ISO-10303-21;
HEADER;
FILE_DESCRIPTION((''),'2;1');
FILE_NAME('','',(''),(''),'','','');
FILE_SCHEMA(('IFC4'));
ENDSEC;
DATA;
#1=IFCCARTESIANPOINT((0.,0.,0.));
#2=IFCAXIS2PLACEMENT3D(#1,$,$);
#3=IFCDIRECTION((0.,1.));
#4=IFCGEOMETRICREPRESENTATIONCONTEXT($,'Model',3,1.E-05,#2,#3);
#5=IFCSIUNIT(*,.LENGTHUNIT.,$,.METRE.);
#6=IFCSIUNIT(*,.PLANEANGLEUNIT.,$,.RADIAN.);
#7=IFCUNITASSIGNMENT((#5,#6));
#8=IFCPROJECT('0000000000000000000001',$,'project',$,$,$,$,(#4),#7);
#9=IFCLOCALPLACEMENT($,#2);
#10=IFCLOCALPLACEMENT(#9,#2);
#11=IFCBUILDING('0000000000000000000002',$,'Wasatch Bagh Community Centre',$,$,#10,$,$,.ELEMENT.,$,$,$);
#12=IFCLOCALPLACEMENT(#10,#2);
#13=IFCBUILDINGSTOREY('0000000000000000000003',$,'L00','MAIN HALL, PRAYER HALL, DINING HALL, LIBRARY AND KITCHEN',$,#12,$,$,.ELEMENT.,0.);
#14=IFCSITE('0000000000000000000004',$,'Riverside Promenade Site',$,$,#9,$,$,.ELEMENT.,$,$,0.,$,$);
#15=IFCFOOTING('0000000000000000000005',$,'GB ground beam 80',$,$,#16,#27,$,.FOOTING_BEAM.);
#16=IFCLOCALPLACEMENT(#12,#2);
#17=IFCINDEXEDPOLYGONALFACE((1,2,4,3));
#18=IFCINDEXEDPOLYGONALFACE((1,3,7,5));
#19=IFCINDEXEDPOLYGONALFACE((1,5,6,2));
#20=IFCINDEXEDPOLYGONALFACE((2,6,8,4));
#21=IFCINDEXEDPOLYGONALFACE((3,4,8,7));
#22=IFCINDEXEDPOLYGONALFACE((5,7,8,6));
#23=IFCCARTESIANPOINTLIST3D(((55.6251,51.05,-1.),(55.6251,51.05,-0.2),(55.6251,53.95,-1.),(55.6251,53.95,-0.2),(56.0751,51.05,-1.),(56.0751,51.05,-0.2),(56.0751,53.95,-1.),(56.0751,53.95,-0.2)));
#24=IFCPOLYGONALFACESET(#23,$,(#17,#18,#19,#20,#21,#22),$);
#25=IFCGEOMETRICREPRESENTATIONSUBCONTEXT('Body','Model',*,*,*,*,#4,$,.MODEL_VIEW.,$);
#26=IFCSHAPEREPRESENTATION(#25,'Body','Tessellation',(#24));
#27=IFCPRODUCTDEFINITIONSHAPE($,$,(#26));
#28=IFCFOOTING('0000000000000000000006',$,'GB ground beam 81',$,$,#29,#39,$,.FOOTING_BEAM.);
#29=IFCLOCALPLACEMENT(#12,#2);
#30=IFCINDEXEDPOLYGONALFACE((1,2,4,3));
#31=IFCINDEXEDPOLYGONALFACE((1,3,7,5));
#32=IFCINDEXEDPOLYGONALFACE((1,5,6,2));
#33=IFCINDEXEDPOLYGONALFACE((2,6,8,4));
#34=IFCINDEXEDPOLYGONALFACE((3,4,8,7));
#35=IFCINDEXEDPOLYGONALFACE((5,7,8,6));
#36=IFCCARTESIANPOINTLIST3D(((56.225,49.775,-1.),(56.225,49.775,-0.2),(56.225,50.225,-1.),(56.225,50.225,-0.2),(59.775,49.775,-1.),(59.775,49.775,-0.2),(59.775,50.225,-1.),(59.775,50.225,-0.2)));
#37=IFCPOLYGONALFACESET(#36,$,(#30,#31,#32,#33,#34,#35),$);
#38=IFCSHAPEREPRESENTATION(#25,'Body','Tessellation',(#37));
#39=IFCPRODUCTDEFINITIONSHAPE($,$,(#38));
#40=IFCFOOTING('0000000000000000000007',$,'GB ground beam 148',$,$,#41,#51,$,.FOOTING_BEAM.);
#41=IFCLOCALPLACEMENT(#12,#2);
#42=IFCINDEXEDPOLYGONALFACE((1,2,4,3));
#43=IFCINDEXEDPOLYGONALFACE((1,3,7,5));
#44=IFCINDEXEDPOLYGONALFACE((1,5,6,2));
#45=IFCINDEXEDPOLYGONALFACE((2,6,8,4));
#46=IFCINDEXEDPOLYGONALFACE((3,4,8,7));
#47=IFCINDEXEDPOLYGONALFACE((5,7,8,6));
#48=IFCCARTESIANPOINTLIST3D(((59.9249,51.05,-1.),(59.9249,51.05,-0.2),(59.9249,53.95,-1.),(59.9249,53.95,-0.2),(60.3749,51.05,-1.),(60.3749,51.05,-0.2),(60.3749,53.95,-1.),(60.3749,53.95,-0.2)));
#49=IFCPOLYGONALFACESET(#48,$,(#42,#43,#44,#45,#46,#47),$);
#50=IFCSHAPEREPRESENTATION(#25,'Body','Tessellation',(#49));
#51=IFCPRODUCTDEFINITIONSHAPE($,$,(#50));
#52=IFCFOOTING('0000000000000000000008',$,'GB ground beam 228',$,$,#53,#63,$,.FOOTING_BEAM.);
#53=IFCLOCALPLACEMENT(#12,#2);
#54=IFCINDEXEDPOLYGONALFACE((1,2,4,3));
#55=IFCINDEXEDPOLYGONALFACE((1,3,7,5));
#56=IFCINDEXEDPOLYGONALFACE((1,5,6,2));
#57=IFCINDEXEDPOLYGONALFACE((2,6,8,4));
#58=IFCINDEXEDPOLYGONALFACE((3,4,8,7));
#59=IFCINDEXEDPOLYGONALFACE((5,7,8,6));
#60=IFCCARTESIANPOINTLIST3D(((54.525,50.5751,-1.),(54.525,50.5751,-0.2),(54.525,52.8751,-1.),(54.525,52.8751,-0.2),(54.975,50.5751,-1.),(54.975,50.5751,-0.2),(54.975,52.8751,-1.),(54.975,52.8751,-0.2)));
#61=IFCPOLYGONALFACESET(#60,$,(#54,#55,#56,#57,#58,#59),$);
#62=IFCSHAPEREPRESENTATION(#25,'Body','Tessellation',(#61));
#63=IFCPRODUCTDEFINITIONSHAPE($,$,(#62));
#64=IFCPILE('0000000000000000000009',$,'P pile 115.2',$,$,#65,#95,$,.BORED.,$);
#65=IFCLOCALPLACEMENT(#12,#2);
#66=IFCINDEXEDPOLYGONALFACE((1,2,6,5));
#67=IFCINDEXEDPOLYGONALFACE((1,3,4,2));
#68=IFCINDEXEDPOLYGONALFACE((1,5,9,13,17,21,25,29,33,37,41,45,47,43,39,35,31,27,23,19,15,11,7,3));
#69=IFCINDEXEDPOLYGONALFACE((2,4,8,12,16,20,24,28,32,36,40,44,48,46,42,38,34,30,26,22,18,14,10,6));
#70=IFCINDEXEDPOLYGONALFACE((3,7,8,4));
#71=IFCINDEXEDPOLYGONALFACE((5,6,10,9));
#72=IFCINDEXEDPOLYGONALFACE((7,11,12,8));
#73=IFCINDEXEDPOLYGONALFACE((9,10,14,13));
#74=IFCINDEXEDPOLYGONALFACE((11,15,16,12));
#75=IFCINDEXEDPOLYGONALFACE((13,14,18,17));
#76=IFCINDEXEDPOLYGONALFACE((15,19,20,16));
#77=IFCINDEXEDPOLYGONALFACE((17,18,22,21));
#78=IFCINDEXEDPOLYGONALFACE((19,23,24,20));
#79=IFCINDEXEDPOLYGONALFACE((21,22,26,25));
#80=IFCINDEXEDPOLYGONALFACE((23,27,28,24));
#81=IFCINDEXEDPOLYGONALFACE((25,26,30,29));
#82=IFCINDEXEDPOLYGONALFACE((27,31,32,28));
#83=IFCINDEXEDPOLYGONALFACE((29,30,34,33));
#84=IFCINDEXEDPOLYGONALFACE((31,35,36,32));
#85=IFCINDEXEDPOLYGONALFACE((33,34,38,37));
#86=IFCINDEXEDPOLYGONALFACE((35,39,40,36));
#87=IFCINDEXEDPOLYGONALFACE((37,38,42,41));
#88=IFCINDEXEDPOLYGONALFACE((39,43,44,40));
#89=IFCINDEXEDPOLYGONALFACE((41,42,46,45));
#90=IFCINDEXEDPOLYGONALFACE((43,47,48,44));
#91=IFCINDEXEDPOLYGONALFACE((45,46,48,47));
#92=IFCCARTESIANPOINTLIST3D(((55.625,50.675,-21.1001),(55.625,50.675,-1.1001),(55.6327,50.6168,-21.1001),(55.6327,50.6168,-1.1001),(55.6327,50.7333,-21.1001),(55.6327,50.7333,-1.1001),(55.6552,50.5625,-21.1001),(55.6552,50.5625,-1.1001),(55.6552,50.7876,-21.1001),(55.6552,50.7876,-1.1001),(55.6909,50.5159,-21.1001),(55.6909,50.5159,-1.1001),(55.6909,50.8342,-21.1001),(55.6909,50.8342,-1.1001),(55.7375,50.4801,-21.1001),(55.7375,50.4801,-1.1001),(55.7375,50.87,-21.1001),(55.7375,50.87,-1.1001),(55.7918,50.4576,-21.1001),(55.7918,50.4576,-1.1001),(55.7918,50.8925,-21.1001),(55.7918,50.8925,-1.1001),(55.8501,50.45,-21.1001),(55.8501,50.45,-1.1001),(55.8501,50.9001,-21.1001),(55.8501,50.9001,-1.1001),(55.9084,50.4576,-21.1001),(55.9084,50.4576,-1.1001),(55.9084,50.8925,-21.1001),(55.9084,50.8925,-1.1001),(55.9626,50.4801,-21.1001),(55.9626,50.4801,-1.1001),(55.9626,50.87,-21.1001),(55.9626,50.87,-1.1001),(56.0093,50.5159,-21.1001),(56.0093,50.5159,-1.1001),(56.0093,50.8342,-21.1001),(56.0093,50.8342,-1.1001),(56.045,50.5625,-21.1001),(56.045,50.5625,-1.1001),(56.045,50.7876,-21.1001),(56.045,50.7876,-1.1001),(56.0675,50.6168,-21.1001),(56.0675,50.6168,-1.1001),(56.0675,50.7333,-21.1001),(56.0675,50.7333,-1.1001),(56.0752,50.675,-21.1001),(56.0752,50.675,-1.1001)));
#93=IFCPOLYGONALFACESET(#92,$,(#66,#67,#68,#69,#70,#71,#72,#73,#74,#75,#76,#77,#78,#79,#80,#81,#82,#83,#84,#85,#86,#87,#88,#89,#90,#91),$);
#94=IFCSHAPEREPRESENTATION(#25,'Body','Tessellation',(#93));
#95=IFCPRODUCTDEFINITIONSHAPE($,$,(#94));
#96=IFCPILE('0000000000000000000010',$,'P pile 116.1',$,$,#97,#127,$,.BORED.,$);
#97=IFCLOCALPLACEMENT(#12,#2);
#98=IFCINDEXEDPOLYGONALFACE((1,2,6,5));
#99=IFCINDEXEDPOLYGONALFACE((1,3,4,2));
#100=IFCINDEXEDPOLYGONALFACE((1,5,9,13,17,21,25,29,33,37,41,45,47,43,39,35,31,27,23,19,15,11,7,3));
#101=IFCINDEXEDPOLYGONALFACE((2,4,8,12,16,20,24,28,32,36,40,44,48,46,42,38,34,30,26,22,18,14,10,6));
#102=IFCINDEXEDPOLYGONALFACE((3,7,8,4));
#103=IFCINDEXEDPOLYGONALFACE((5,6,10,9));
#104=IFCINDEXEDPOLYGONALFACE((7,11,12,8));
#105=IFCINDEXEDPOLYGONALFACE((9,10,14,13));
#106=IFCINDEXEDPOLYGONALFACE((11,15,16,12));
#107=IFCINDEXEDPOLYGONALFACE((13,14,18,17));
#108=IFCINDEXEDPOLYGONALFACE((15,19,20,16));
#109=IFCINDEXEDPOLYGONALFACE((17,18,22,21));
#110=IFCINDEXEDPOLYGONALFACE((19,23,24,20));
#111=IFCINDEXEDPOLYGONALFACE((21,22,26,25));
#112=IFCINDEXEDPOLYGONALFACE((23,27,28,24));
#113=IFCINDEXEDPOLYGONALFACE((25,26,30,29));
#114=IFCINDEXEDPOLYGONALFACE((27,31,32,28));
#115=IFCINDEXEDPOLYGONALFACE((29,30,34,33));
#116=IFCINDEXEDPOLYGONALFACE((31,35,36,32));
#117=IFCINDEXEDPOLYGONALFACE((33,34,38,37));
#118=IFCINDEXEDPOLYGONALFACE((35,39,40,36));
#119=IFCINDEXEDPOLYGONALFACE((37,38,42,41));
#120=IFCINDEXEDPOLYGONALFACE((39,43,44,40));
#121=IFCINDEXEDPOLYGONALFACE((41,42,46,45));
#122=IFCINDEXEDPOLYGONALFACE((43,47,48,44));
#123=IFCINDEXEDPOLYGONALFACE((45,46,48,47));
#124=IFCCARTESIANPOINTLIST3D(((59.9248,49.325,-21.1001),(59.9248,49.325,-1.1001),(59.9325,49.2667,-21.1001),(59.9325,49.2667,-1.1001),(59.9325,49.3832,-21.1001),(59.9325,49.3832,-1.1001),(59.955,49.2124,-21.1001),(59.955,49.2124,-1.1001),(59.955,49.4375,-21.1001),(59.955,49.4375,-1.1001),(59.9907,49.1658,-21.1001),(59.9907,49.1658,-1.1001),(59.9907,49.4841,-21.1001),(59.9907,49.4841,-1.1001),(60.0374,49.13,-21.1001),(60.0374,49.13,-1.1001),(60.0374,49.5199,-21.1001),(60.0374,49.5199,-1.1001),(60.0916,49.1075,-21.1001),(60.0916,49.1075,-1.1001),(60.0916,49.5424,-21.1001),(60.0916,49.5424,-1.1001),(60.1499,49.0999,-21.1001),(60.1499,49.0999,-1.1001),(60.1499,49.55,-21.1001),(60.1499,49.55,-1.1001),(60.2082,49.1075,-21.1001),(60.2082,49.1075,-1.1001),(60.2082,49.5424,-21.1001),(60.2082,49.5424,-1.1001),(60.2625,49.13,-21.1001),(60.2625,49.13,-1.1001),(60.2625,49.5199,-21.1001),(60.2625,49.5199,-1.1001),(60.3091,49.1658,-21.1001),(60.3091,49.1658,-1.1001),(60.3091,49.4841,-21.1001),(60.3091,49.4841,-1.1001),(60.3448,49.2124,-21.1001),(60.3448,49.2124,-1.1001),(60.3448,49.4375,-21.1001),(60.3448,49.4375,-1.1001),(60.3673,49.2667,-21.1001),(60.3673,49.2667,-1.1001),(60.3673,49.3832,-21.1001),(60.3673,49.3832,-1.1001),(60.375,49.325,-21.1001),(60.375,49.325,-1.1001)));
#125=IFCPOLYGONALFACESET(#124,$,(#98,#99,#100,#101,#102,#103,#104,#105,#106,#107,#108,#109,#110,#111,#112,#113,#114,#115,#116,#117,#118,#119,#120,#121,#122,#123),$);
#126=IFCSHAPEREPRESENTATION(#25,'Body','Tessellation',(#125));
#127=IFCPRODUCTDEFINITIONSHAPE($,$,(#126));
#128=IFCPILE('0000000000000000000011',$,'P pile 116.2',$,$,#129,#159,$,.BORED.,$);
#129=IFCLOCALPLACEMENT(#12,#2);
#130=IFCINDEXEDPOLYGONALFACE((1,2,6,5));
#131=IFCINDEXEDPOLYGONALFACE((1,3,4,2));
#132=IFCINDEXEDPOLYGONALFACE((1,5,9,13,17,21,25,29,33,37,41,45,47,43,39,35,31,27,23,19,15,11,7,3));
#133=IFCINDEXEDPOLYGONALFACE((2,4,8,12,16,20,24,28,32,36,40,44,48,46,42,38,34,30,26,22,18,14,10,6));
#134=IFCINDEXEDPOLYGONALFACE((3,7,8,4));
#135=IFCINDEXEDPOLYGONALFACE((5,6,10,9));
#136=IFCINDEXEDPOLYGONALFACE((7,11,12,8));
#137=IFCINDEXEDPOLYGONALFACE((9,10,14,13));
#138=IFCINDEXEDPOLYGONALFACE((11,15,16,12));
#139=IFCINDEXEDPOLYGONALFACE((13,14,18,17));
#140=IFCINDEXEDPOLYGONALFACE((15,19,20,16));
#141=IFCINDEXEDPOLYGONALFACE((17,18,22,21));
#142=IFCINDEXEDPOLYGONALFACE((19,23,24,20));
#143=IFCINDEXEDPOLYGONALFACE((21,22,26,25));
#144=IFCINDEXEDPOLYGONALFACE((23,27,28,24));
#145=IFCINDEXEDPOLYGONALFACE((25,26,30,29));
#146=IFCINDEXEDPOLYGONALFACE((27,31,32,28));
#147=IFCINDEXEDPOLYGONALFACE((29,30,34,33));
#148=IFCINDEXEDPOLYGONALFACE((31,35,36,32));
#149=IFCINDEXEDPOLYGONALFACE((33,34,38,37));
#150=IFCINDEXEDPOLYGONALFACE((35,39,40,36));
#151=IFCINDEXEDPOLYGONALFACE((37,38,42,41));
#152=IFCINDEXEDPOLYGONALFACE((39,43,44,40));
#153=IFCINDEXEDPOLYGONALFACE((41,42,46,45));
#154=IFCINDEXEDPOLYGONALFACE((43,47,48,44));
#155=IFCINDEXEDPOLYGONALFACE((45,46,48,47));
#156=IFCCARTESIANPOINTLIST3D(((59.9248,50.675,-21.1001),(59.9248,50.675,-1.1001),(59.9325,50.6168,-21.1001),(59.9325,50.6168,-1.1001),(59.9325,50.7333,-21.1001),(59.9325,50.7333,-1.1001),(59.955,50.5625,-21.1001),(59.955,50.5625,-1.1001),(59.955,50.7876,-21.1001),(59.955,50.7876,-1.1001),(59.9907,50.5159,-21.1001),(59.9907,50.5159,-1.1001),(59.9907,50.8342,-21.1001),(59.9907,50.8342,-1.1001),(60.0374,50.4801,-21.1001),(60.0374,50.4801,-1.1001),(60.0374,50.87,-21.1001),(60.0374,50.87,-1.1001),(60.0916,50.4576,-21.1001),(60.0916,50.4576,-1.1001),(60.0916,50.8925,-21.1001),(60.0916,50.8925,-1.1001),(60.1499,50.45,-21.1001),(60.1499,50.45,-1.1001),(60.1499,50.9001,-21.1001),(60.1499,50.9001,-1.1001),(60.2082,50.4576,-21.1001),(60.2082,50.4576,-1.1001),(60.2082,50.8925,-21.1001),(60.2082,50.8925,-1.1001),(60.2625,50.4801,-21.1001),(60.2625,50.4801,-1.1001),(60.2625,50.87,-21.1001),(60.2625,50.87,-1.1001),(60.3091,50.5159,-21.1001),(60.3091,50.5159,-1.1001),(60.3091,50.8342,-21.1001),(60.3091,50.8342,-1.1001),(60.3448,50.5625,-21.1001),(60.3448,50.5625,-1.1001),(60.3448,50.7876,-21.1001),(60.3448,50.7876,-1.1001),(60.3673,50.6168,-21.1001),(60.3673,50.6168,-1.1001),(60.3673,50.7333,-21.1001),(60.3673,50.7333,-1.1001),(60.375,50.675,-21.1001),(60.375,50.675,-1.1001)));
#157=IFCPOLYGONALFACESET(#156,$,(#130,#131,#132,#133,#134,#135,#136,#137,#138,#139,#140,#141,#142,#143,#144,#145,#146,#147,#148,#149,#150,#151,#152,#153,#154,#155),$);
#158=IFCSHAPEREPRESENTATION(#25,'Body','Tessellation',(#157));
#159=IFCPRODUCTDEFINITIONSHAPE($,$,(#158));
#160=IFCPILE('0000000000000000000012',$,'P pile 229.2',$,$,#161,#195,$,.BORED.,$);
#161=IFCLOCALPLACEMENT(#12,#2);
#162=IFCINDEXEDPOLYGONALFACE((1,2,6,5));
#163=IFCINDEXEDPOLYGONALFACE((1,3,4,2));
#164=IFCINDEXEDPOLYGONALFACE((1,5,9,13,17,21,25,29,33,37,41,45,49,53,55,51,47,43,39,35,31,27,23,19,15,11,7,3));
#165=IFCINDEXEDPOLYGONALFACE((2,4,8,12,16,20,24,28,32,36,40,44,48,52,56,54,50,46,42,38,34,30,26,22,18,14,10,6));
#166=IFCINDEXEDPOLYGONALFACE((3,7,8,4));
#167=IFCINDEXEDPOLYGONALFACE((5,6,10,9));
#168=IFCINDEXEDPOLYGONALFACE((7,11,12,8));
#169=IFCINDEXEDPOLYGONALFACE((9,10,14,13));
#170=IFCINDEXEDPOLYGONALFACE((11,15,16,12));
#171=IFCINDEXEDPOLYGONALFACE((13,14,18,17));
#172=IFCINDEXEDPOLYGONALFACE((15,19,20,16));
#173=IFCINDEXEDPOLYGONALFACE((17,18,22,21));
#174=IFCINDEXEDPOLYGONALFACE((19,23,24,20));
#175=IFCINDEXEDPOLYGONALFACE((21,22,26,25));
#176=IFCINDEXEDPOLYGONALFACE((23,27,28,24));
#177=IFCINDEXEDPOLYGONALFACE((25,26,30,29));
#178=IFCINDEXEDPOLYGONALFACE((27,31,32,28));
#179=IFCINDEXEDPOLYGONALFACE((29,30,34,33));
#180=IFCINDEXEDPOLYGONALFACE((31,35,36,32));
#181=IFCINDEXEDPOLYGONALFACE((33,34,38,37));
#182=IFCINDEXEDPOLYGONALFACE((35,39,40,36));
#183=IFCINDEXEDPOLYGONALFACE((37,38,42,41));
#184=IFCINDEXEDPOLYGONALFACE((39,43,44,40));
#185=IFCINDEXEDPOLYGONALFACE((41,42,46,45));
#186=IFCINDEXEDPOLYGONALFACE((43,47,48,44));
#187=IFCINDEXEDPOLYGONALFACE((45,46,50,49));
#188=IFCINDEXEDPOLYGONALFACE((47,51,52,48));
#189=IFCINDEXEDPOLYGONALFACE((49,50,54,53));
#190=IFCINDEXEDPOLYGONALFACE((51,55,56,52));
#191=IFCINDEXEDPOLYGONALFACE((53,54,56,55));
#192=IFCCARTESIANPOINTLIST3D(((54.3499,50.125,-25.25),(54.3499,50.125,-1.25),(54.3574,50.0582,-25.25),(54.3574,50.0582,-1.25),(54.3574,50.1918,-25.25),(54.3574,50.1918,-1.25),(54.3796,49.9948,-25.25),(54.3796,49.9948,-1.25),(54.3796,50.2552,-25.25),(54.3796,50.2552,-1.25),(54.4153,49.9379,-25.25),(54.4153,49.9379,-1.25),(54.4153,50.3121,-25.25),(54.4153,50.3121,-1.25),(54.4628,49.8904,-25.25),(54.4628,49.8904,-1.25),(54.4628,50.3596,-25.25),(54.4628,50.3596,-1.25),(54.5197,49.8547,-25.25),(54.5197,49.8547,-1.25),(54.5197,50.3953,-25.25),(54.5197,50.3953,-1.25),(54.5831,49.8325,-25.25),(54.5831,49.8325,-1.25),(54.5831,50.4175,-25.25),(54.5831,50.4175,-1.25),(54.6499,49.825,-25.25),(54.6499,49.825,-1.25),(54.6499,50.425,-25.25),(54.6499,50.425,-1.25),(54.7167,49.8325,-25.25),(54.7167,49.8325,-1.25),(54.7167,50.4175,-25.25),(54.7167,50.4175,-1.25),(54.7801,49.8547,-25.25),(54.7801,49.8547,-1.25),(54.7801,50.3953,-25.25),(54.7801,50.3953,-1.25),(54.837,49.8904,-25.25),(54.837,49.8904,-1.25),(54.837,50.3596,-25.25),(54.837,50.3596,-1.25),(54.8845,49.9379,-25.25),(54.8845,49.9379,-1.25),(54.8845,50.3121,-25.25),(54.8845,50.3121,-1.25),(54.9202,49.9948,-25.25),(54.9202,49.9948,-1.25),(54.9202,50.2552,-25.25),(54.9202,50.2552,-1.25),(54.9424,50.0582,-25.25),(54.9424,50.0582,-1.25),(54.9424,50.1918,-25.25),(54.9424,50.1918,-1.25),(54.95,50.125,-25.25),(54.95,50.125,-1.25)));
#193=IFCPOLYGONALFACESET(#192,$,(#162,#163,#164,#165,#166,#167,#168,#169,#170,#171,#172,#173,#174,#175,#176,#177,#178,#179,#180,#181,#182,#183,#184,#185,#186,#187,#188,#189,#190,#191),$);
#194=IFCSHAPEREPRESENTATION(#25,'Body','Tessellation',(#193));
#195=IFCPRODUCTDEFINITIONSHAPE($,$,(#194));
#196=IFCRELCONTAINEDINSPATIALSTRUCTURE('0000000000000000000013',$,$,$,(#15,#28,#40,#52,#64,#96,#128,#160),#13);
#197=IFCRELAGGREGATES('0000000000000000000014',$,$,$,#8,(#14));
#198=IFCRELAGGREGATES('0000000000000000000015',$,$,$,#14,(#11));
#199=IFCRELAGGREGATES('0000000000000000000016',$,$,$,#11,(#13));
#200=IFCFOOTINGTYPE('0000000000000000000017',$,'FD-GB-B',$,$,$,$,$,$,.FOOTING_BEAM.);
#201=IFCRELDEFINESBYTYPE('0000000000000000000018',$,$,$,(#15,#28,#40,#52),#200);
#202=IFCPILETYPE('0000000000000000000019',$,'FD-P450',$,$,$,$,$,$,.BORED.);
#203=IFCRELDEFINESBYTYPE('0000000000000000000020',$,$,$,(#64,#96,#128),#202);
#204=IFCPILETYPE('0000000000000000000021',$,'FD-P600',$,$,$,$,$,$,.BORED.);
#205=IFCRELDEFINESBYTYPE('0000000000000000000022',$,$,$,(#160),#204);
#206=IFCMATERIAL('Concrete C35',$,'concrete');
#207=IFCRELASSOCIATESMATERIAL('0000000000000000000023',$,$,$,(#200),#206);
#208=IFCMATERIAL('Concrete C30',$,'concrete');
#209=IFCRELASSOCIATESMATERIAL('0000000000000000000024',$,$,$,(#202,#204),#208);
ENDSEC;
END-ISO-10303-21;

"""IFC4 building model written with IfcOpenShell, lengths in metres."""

from ifc_helpers import new_model, si_unit, direction, frame, origin, origin_2d, place, context, subcontext, project, spatial, rectangle, circle, extrude, material, material_profile, profile_set, type_object, element, save


model = new_model("IFC4")

# Units and contexts
model_context = context("Model", 3, precision=1e-05, world=origin(), true_north=direction((0.0, 1.0)))
body_context = subcontext(model_context, "Body", "Model", "MODEL_VIEW")
ifc_project = project(units=[si_unit("LENGTHUNIT", "METRE"), si_unit("PLANEANGLEUNIT", "RADIAN")], contexts=[model_context])

# Site, building, storey
site_placement = place(None, origin())
site = spatial("IfcSite", under=ifc_project, at=site_placement, Name="Riverside Promenade Site", CompositionType="ELEMENT", RefElevation=0.0)
building_placement = place(site_placement, origin())
building = spatial("IfcBuilding", under=site, at=building_placement, Name="Wasatch Bagh Community Centre", CompositionType="ELEMENT")
storey_placement = place(building_placement, origin())
storey = spatial("IfcBuildingStorey", under=building, at=storey_placement, Name="L00", Description="MAIN HALL, PRAYER HALL, DINING HALL, LIBRARY AND KITCHEN", CompositionType="ELEMENT", Elevation=0.0)

# Footings
ifc_material_1 = material(Name="Concrete C35", Category="concrete")
footing_type_1 = type_object("IfcFootingType", Name="FD-GB-B", PredefinedType="FOOTING_BEAM", material=ifc_material_1)
footing_1_placement = place(storey_placement, frame((55.8501, 52.5, -1.0), z_axis=(0.0, 0.0, 1.0), x_axis=(0.0, 1.0, 0.0)))
element("IfcFooting", 1, at=footing_1_placement, inside=storey, type_object=footing_type_1, Name="GB ground beam 80", PredefinedType="FOOTING_BEAM", context=body_context, shape_type="SweptSolid", body=[
    extrude(rectangle(XDim=2.8999, YDim=0.45, at=origin_2d()), origin(), (0.0, 0.0, 1.0), 0.8),
])
footing_2_placement = place(storey_placement, frame((58.0, 50.0, -1.0), z_axis=(0.0, 0.0, 1.0), x_axis=(1.0, 0.0, 0.0)))
element("IfcFooting", 2, at=footing_2_placement, inside=storey, type_object=footing_type_1, Name="GB ground beam 81", PredefinedType="FOOTING_BEAM", context=body_context, shape_type="SweptSolid", body=[
    extrude(rectangle(XDim=3.55, YDim=0.45, at=origin_2d()), origin(), (0.0, 0.0, 1.0), 0.8),
])
footing_3_placement = place(storey_placement, frame((60.1499, 52.5, -1.0), z_axis=(0.0, 0.0, 1.0), x_axis=(0.0, 1.0, 0.0)))
element("IfcFooting", 3, at=footing_3_placement, inside=storey, type_object=footing_type_1, Name="GB ground beam 148", PredefinedType="FOOTING_BEAM", context=body_context, shape_type="SweptSolid", body=[
    extrude(rectangle(XDim=2.8999, YDim=0.45, at=origin_2d()), origin(), (0.0, 0.0, 1.0), 0.8),
])
footing_4_placement = place(storey_placement, frame((54.75, 51.7251, -1.0), z_axis=(0.0, 0.0, 1.0), x_axis=(0.0, 1.0, 0.0)))
element("IfcFooting", 4, at=footing_4_placement, inside=storey, type_object=footing_type_1, Name="GB ground beam 228", PredefinedType="FOOTING_BEAM", context=body_context, shape_type="SweptSolid", body=[
    extrude(rectangle(XDim=2.3, YDim=0.45, at=origin_2d()), origin(), (0.0, 0.0, 1.0), 0.8),
])

# Piles
ifc_material_2 = material(Name="Concrete C30", Category="concrete")
ifc_material_profile_1 = material_profile(ifc_material_2, circle(Radius=0.2251, at=origin_2d()), Name="RC D450")
ifc_profile_set_1 = profile_set([ifc_material_profile_1], Name="Concrete C30")
pile_type_1 = type_object("IfcPileType", Name="FD-P450", PredefinedType="BORED", material=ifc_profile_set_1)
for number, where, z_axis, x_axis, name in (
    (5, (55.8501, 50.675, -1.1001), (0.0, 0.0, -1.0), (1.0, 0.0, 0.0), "P pile 115.2"),
    (6, (60.1499, 49.325, -1.1001), (0.0, 0.0, -1.0), (1.0, 0.0, 0.0), "P pile 116.1"),
    (7, (60.1499, 50.675, -1.1001), (0.0, 0.0, -1.0), (1.0, 0.0, 0.0), "P pile 116.2"),
):
    element("IfcPile", number, at=place(storey_placement, frame(where, z_axis=z_axis, x_axis=x_axis)), inside=storey, type_object=pile_type_1, Name=name, PredefinedType="BORED", context=body_context, shape_type="SweptSolid", body=[
        extrude(circle(Radius=0.2251, at=origin_2d()), origin(), (0.0, 0.0, 1.0), 20.0),
    ])
ifc_material_profile_2 = material_profile(ifc_material_2, circle(Radius=0.3, at=origin_2d()), Name="RC D600")
ifc_profile_set_2 = profile_set([ifc_material_profile_2], Name="Concrete C30")
pile_type_2 = type_object("IfcPileType", Name="FD-P600", PredefinedType="BORED", material=ifc_profile_set_2)
for number, where, z_axis, x_axis, name in (
    (8, (54.6499, 50.125, -1.25), (0.0, 0.0, -1.0), (1.0, 0.0, 0.0), "P pile 229.2"),
):
    element("IfcPile", number, at=place(storey_placement, frame(where, z_axis=z_axis, x_axis=x_axis)), inside=storey, type_object=pile_type_2, Name=name, PredefinedType="BORED", context=body_context, shape_type="SweptSolid", body=[
        extrude(circle(Radius=0.3, at=origin_2d()), origin(), (0.0, 0.0, 1.0), 24.0),
    ])

save(model, "model.ifc")
